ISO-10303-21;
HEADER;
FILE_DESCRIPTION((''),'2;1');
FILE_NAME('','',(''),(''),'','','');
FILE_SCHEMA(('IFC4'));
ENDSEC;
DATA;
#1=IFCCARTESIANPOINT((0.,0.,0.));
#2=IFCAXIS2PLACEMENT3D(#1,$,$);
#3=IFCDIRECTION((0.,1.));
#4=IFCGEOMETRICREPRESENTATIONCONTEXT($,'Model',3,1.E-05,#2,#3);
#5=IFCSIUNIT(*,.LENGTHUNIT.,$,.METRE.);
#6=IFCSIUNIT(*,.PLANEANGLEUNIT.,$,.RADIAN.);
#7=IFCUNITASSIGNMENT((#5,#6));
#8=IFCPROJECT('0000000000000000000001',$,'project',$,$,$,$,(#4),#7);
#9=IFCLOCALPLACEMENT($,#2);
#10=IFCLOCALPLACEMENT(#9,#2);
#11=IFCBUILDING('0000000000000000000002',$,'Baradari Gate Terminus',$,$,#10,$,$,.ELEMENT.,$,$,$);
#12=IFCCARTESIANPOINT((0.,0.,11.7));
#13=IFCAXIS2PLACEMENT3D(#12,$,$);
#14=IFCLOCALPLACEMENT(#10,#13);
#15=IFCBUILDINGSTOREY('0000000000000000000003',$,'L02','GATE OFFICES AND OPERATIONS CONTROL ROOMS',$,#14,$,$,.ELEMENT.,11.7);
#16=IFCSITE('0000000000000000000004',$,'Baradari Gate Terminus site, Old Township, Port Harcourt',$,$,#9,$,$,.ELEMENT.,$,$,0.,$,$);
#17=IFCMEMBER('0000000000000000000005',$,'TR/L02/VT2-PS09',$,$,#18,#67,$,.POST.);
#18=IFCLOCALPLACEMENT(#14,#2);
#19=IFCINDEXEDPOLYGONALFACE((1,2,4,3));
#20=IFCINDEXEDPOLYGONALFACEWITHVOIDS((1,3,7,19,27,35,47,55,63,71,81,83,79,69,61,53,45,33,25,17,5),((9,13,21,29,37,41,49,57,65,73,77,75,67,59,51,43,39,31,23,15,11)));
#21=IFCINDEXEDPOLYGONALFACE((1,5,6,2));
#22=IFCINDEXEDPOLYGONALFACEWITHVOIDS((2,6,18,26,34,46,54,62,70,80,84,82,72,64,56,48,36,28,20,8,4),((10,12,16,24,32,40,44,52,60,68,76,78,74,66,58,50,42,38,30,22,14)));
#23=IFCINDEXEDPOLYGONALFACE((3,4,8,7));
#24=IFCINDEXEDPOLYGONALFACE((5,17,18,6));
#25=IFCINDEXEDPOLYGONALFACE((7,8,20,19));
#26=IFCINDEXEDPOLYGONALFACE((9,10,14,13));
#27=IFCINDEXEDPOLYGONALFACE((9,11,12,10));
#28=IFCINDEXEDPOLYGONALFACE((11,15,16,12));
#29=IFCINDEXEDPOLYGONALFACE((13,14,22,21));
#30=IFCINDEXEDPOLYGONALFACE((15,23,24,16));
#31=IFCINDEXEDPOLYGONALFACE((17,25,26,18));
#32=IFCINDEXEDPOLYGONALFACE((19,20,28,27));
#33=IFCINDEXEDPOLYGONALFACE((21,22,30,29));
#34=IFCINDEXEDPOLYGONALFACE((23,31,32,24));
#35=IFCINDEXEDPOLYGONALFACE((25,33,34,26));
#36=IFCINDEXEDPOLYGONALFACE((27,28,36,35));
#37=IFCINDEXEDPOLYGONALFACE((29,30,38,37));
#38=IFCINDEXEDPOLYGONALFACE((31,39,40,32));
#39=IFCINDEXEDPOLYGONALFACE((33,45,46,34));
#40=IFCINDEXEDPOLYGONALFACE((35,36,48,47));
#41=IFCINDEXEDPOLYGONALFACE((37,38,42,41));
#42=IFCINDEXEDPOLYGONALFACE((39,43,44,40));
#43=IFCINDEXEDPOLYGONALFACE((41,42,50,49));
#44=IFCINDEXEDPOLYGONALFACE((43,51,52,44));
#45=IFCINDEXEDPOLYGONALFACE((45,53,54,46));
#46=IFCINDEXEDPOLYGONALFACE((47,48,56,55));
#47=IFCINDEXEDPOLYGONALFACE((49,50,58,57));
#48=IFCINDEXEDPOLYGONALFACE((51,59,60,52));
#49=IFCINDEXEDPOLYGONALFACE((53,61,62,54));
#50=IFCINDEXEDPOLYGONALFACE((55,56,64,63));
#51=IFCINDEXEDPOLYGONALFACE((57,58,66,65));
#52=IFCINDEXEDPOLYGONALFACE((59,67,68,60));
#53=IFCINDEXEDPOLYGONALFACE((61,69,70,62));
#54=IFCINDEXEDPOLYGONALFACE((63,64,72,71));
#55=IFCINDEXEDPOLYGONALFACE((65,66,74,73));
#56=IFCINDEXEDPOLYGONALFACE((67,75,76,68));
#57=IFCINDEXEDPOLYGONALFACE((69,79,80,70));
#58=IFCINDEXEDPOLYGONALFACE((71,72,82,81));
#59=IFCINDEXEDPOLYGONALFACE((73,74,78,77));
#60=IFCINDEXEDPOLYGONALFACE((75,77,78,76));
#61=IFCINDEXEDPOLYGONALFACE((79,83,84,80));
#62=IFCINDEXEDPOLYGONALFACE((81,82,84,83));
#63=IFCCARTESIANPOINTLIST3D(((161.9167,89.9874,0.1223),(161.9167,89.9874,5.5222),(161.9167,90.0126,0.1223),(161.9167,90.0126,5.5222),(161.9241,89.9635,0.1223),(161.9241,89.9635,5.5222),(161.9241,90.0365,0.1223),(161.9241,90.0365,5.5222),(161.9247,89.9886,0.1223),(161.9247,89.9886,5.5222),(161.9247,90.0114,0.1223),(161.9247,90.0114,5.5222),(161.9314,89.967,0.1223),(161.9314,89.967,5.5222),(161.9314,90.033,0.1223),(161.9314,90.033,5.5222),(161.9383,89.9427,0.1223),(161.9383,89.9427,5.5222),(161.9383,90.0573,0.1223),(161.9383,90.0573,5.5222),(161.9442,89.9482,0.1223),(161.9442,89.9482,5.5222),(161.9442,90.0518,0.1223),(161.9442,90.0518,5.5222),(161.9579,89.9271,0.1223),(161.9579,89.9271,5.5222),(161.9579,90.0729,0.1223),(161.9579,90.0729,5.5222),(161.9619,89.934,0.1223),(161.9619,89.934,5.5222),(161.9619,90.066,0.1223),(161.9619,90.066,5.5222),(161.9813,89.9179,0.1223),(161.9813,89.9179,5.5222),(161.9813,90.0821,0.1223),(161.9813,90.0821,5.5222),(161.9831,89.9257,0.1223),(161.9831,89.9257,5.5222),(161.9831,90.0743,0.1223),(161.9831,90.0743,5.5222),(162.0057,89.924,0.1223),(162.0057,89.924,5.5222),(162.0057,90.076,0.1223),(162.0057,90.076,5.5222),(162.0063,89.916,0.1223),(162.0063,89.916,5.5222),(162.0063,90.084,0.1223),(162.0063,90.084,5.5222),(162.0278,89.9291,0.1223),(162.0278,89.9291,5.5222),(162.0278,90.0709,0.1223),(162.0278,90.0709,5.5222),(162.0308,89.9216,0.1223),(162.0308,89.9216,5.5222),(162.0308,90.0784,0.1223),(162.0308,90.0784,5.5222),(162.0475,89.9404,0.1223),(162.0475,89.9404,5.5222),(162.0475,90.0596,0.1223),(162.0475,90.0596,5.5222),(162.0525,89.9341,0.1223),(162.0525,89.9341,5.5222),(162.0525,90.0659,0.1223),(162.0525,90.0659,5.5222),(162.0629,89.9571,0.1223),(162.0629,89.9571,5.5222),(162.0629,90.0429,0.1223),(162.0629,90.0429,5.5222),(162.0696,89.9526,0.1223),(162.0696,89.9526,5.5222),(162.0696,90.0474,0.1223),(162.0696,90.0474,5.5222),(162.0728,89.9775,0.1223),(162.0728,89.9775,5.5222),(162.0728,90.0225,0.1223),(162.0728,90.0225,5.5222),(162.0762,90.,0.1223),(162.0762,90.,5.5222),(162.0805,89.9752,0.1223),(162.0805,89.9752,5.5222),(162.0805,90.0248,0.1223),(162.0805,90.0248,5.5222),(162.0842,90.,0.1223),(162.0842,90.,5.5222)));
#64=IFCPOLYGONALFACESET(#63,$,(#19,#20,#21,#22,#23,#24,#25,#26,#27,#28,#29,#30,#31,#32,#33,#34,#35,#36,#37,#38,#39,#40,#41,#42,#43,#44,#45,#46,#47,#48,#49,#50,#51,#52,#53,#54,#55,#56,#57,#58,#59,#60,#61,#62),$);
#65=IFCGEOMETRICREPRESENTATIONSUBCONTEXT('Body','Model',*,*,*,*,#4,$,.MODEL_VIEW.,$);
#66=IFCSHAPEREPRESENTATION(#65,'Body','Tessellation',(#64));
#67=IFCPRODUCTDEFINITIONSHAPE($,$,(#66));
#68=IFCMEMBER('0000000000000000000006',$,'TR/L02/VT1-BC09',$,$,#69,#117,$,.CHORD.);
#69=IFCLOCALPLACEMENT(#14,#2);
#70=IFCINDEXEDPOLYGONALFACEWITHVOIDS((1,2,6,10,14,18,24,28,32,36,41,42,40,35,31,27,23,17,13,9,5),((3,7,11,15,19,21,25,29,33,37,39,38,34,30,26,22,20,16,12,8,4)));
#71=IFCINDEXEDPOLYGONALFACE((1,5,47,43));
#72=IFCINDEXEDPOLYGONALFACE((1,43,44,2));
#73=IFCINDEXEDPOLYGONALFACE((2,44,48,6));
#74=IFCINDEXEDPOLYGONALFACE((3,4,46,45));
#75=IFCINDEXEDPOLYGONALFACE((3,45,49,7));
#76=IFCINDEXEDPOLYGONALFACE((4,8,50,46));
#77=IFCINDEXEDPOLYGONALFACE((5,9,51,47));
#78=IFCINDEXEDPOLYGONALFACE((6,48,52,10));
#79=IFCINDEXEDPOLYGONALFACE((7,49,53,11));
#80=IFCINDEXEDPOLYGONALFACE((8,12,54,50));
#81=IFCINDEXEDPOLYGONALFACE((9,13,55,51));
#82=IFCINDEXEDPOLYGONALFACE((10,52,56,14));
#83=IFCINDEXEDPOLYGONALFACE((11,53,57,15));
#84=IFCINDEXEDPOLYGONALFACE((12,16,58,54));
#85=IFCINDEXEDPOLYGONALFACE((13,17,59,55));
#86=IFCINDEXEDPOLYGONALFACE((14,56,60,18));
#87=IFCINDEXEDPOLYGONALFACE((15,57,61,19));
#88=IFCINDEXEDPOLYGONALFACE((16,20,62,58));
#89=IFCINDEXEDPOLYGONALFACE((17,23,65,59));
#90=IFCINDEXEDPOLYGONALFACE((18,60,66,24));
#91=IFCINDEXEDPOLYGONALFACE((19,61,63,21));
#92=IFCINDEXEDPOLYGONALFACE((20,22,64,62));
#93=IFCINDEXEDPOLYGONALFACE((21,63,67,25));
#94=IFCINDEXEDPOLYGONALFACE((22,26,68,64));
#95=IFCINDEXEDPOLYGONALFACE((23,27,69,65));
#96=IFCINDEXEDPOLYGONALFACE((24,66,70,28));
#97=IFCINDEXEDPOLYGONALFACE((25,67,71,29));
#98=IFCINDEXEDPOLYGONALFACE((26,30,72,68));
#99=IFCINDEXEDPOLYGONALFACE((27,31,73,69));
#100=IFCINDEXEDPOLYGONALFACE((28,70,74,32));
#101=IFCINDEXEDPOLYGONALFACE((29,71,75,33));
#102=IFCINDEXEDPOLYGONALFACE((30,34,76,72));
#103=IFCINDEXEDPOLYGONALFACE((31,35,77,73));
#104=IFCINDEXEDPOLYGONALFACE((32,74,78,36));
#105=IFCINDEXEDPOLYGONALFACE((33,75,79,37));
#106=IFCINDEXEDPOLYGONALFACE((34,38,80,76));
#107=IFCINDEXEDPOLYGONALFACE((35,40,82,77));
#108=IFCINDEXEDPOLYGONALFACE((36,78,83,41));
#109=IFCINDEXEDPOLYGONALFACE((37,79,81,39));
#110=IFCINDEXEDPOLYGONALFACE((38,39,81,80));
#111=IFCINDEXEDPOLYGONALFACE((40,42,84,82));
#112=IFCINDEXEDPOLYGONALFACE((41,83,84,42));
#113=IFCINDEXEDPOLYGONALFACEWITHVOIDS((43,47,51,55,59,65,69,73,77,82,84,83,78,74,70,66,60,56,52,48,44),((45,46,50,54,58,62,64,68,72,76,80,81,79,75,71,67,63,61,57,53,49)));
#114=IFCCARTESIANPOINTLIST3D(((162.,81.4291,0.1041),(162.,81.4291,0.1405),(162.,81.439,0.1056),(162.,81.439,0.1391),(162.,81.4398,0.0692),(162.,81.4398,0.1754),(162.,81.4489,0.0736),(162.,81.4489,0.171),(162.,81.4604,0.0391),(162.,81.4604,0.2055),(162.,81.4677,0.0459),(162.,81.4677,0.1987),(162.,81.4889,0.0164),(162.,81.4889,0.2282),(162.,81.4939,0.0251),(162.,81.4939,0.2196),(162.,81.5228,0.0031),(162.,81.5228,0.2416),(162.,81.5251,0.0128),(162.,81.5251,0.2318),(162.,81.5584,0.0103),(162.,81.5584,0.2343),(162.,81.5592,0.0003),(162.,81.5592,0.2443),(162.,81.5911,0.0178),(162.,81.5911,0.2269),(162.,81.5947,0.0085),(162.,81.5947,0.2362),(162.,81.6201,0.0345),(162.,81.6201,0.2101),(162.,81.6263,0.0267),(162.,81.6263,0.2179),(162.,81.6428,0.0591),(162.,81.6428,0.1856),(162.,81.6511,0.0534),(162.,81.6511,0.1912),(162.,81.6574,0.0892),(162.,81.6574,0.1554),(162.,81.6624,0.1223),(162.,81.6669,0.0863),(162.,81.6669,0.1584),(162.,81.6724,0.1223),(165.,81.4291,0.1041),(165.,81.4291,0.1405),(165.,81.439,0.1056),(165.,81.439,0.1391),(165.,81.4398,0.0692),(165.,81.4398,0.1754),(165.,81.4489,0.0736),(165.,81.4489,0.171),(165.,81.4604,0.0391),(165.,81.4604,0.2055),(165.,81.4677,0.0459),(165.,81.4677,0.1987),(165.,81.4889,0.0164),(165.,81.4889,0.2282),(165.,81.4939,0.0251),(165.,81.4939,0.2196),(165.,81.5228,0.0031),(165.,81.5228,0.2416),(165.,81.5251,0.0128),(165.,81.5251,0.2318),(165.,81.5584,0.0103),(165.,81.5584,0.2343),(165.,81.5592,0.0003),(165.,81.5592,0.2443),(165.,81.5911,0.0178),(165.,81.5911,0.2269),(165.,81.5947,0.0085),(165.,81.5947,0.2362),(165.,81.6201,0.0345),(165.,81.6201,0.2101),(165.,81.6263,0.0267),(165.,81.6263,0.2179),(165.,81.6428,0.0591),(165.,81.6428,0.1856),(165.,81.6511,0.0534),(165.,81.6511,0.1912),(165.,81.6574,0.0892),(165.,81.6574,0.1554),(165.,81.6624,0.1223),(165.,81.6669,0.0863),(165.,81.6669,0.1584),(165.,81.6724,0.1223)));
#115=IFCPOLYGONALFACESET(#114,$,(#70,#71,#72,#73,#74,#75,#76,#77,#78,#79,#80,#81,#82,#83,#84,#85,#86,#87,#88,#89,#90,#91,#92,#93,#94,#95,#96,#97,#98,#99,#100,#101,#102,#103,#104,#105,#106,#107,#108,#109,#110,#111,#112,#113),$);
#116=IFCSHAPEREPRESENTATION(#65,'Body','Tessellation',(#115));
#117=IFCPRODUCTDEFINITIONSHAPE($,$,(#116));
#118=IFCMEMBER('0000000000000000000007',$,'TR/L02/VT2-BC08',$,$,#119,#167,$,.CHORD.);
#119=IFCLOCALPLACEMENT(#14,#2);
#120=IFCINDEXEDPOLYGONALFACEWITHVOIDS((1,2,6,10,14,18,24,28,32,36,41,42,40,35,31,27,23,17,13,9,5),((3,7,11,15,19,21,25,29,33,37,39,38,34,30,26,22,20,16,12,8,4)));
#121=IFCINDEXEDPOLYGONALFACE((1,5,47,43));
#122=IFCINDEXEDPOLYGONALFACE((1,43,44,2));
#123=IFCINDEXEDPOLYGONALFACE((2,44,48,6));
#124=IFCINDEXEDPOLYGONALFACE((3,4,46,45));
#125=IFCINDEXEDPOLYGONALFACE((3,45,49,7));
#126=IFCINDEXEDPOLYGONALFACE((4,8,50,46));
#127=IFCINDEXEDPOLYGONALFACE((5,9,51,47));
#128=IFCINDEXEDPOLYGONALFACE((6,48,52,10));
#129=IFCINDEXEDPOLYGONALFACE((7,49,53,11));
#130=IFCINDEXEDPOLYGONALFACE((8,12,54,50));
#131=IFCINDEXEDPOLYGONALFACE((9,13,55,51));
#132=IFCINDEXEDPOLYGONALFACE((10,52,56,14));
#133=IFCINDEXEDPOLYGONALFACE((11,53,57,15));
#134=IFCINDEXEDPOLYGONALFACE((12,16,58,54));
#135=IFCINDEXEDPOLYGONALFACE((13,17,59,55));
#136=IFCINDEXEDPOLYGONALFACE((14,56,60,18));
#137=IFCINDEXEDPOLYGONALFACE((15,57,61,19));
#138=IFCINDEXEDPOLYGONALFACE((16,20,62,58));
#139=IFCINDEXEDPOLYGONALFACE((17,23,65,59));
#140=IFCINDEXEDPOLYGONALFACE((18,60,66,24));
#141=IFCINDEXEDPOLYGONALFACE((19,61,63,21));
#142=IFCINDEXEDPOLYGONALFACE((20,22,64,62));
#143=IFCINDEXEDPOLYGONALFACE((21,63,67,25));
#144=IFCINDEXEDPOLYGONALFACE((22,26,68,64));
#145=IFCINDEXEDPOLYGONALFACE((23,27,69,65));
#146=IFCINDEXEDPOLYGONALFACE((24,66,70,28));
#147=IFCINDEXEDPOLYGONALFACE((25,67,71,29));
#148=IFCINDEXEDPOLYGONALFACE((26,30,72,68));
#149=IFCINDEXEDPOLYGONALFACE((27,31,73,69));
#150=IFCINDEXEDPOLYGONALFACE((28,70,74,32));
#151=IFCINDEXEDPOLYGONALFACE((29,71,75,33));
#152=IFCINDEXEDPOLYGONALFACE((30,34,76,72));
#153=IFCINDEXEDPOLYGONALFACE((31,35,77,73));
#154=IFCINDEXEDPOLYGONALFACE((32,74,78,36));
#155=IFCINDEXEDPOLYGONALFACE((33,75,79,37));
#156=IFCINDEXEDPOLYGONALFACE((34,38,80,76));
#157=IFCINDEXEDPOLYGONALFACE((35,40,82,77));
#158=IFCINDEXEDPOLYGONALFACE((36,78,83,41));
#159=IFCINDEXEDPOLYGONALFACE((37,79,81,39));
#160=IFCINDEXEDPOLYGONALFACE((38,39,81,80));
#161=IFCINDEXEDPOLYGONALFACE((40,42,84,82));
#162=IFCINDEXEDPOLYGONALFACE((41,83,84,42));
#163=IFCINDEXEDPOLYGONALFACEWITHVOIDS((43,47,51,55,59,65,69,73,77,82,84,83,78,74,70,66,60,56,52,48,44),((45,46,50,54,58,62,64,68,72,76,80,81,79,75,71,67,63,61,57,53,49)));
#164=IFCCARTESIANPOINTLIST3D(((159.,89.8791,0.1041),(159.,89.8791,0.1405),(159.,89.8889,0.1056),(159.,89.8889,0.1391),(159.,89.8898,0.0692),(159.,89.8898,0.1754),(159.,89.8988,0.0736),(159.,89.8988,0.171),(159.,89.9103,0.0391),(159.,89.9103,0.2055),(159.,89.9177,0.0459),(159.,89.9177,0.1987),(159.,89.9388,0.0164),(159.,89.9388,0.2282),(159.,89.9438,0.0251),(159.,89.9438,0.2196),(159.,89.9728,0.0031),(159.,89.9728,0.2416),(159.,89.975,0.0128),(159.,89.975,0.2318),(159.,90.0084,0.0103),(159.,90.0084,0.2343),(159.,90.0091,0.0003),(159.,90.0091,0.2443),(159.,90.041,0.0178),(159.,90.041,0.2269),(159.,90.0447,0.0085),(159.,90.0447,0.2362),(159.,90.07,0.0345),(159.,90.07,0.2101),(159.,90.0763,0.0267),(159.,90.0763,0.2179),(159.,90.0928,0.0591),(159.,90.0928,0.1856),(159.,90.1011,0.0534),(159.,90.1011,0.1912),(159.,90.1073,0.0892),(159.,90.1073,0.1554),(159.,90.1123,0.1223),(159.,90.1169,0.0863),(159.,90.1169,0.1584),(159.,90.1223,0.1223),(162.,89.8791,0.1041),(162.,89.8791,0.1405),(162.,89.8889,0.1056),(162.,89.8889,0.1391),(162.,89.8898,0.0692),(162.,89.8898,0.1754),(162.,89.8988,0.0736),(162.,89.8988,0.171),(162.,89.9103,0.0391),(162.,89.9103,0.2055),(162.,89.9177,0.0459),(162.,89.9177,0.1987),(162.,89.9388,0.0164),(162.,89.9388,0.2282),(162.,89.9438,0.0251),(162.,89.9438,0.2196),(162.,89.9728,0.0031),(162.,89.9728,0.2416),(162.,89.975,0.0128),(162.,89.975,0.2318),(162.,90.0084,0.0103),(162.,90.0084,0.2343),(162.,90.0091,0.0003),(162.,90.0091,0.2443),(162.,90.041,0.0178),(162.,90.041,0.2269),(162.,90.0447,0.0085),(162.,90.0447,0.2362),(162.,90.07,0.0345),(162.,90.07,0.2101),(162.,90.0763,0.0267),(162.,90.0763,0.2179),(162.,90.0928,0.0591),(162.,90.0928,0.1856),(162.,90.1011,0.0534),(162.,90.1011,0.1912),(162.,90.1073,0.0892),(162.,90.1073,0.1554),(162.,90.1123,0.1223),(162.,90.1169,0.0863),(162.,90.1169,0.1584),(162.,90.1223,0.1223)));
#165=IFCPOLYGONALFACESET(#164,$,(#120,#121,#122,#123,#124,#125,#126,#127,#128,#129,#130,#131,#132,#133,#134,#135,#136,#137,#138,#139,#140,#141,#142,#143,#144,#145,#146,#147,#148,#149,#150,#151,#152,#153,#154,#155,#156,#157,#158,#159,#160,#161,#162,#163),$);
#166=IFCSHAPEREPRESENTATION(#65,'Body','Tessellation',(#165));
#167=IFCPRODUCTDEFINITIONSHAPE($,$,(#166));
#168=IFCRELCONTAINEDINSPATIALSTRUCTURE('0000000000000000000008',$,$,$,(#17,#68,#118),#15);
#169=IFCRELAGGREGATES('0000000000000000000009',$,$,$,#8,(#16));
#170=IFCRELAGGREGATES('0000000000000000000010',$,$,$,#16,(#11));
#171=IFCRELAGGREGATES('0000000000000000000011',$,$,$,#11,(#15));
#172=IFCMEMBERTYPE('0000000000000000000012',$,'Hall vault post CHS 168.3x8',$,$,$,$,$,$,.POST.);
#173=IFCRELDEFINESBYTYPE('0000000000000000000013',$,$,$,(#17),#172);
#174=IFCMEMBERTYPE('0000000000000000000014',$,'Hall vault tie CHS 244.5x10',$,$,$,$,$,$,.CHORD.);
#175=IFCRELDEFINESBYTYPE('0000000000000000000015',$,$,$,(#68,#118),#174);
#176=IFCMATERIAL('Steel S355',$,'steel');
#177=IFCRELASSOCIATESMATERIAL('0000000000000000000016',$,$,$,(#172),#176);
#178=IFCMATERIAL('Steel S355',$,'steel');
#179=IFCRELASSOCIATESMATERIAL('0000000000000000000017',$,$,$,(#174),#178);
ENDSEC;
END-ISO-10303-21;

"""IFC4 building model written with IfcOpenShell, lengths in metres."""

from ifc_helpers import new_model, si_unit, direction, frame, origin, origin_2d, place, context, subcontext, project, spatial, hollow_circle, extrude, material, material_profile, profile_set, type_object, element, save


model = new_model("IFC4")

# Units and contexts
model_context = context("Model", 3, precision=1e-05, world=origin(), true_north=direction((0.0, 1.0)))
body_context = subcontext(model_context, "Body", "Model", "MODEL_VIEW")
ifc_project = project(units=[si_unit("LENGTHUNIT", "METRE"), si_unit("PLANEANGLEUNIT", "RADIAN")], contexts=[model_context])

# Site, building, storey
site_placement = place(None, origin())
site = spatial("IfcSite", under=ifc_project, at=site_placement, Name="Baradari Gate Terminus site, Old Township, Port Harcourt", CompositionType="ELEMENT", RefElevation=0.0)
building_placement = place(site_placement, origin())
building = spatial("IfcBuilding", under=site, at=building_placement, Name="Baradari Gate Terminus", CompositionType="ELEMENT")
storey_placement = place(building_placement, frame((0.0, 0.0, 11.7)))
storey = spatial("IfcBuildingStorey", under=building, at=storey_placement, Name="L02", Description="GATE OFFICES AND OPERATIONS CONTROL ROOMS", CompositionType="ELEMENT", Elevation=11.7)

# Members
ifc_material_1 = material(Name="Steel S355", Category="steel")
ifc_material_profile_1 = material_profile(ifc_material_1, hollow_circle(Radius=0.0842, WallThickness=0.0081, at=origin_2d()), Name="CHS 168.3x8")
ifc_profile_set_1 = profile_set([ifc_material_profile_1], Name="Steel S355")
member_type_1 = type_object("IfcMemberType", Name="Hall vault post CHS 168.3x8", PredefinedType="POST", material=ifc_profile_set_1)
member_1_placement = place(storey_placement, frame((162.0, 90.0, 0.1223), z_axis=(0.0, 0.0, 1.0), x_axis=(1.0, 0.0, 0.0)))
element("IfcMember", 1, at=member_1_placement, inside=storey, type_object=member_type_1, Name="TR/L02/VT2-PS09", PredefinedType="POST", context=body_context, shape_type="SweptSolid", body=[
    extrude(hollow_circle(Radius=0.0842, WallThickness=0.0081, at=origin_2d()), origin(), (0.0, 0.0, 1.0), 5.3999),
])
ifc_material_2 = material(Name="Steel S355", Category="steel")
ifc_material_profile_2 = material_profile(ifc_material_2, hollow_circle(Radius=0.1223, WallThickness=0.01, at=origin_2d()), Name="CHS 244.5x10")
ifc_profile_set_2 = profile_set([ifc_material_profile_2], Name="Steel S355")
member_type_2 = type_object("IfcMemberType", Name="Hall vault tie CHS 244.5x10", PredefinedType="CHORD", material=ifc_profile_set_2)
for number, where, z_axis, x_axis, name in (
    (2, (162.0, 81.55, 0.1223), (1.0, 0.0, 0.0), (0.0, 1.0, 0.0), "TR/L02/VT1-BC09"),
    (3, (159.0, 90.0, 0.1223), (1.0, 0.0, 0.0), (0.0, 1.0, 0.0), "TR/L02/VT2-BC08"),
):
    element("IfcMember", number, at=place(storey_placement, frame(where, z_axis=z_axis, x_axis=x_axis)), inside=storey, type_object=member_type_2, Name=name, PredefinedType="CHORD", context=body_context, shape_type="SweptSolid", body=[
        extrude(hollow_circle(Radius=0.1223, WallThickness=0.01, at=origin_2d()), origin(), (0.0, 0.0, 1.0), 3.0),
    ])

save(model, "model.ifc")
